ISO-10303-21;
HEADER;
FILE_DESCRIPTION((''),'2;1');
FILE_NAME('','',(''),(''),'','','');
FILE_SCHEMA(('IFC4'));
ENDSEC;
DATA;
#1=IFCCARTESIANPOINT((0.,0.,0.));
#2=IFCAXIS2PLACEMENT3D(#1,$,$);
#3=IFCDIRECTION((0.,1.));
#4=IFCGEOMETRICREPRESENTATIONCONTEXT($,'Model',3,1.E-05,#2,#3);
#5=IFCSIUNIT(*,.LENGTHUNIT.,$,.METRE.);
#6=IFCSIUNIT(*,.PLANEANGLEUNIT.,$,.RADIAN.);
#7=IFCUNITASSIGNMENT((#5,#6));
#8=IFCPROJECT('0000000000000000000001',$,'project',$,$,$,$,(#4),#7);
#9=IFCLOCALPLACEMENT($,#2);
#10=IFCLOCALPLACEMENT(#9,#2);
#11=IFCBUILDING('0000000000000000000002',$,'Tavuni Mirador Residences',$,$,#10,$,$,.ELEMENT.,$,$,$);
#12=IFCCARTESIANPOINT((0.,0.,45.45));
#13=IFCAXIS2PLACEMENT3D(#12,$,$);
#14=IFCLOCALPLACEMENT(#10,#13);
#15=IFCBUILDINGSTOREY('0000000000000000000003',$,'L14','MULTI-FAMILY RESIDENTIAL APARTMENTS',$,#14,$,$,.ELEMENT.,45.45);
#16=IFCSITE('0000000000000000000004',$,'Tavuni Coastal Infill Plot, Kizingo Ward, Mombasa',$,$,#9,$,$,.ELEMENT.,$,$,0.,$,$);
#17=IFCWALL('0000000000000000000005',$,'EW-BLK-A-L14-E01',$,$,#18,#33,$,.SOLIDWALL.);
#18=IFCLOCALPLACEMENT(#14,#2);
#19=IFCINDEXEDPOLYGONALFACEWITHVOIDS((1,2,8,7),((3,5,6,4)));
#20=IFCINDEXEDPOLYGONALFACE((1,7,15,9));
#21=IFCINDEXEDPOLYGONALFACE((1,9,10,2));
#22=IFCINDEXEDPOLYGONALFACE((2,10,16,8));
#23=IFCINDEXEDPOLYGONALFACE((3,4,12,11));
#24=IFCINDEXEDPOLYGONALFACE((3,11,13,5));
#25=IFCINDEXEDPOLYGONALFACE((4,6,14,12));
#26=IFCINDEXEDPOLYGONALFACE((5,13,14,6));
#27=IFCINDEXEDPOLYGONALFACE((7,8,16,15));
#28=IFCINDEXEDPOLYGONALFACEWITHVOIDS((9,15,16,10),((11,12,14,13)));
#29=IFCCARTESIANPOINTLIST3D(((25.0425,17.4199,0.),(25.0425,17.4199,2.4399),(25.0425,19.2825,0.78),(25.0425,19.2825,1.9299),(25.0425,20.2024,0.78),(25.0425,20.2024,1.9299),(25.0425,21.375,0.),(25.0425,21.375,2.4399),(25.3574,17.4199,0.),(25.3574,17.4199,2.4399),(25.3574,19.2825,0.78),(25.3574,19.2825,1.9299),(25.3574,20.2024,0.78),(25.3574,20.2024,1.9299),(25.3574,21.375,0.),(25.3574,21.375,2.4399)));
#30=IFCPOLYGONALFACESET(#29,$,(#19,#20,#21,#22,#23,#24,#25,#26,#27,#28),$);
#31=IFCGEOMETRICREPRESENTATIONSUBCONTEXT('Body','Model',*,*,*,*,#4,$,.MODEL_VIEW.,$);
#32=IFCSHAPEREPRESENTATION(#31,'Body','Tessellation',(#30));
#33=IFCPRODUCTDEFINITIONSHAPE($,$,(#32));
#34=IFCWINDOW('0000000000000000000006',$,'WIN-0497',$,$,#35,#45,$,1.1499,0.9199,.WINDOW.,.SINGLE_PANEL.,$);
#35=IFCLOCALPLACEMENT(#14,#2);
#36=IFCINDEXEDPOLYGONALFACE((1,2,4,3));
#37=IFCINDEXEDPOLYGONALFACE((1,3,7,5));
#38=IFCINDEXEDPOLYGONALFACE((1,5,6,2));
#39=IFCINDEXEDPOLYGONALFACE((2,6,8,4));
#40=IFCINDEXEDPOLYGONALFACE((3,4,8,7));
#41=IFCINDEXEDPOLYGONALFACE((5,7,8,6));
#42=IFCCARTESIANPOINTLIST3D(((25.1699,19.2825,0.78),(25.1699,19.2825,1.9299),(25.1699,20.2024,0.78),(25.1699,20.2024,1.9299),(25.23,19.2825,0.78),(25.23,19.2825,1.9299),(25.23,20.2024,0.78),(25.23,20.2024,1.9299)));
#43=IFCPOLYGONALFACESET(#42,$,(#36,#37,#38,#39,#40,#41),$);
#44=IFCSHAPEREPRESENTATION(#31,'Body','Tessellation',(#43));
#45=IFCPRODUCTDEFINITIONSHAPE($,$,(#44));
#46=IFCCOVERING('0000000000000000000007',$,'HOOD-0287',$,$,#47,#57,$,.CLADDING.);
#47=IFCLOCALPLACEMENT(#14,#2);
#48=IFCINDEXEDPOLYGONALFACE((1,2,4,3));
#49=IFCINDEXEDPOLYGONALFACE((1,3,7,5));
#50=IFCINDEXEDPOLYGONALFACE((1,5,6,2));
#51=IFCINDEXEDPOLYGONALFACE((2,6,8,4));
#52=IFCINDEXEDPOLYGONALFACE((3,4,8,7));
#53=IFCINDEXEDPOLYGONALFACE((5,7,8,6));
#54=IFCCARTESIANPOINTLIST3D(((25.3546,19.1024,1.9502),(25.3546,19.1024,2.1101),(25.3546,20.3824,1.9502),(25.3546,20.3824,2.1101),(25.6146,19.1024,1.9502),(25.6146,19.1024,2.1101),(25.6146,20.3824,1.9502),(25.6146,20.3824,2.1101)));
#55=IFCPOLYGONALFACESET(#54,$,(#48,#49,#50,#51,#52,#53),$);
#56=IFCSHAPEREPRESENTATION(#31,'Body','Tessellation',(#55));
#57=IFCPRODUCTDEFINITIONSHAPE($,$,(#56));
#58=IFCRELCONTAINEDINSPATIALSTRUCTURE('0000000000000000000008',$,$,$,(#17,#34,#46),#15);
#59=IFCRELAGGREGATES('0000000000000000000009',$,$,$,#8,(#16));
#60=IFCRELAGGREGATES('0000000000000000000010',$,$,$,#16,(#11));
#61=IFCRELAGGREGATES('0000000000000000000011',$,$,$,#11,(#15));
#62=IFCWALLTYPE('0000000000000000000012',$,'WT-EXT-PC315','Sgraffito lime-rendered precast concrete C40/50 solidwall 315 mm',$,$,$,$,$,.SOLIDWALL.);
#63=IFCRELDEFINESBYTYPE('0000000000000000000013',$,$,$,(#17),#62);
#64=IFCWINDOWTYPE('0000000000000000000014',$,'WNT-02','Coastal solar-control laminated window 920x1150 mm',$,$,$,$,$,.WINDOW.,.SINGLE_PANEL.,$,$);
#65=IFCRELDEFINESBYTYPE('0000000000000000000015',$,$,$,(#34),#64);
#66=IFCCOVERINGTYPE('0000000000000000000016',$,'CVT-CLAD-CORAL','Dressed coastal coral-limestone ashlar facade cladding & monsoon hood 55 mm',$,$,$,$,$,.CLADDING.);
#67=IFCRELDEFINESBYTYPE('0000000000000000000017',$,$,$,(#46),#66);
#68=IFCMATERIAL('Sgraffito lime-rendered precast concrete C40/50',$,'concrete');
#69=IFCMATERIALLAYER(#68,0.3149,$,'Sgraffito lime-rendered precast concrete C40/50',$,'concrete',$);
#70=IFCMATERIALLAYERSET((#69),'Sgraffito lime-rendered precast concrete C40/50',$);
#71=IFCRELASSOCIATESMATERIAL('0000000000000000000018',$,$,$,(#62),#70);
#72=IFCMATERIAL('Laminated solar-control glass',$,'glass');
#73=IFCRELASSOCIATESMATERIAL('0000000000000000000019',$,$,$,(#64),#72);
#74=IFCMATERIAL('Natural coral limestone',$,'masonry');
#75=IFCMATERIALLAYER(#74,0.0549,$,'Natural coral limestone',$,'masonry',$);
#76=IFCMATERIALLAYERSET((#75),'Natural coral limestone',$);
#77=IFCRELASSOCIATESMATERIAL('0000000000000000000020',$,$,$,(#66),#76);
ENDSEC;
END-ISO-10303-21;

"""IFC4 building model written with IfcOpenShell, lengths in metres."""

from ifc_helpers import new_model, si_unit, direction, frame, frame_2d, origin, origin_2d, place, context, subcontext, project, spatial, rectangle, extrude, material, layer, layer_set, type_object, element, fill, save


model = new_model("IFC4")

# Units and contexts
model_context = context("Model", 3, precision=1e-05, world=origin(), true_north=direction((0.0, 1.0)))
body_context = subcontext(model_context, "Body", "Model", "MODEL_VIEW")
ifc_project = project(units=[si_unit("LENGTHUNIT", "METRE"), si_unit("PLANEANGLEUNIT", "RADIAN")], contexts=[model_context])

# Site, building, storey
site_placement = place(None, origin())
site = spatial("IfcSite", under=ifc_project, at=site_placement, Name="Tavuni Coastal Infill Plot, Kizingo Ward, Mombasa", CompositionType="ELEMENT", RefElevation=0.0)
building_placement = place(site_placement, origin())
building = spatial("IfcBuilding", under=site, at=building_placement, Name="Tavuni Mirador Residences", CompositionType="ELEMENT")
storey_placement = place(building_placement, frame((0.0, 0.0, 45.45)))
storey = spatial("IfcBuildingStorey", under=building, at=storey_placement, Name="L14", Description="MULTI-FAMILY RESIDENTIAL APARTMENTS", CompositionType="ELEMENT", Elevation=45.45)

# Shared definitions
ifc_material_1 = material(Name="Laminated solar-control glass", Category="glass")

# Shared definitions
ifc_material_2 = material(Name="Sgraffito lime-rendered precast concrete C40/50", Category="concrete")

# Wall, opening, window
ifc_layer_1 = layer(ifc_material_2, 0.3149, Name="Sgraffito lime-rendered precast concrete C40/50", Category="concrete")
ifc_layer_set_1 = layer_set([ifc_layer_1], Name="Sgraffito lime-rendered precast concrete C40/50")
wall_type_1 = type_object("IfcWallType", Name="WT-EXT-PC315", Description="Sgraffito lime-rendered precast concrete C40/50 solidwall 315 mm", PredefinedType="SOLIDWALL", material=ifc_layer_set_1)
wall_1_placement = place(storey_placement, frame((25.2, 17.4199, 0.0), z_axis=(0.0, 0.0, 1.0), x_axis=(0.0, 1.0, 0.0)))
wall_1 = element("IfcWall", 1, at=wall_1_placement, inside=storey, type_object=wall_type_1, Name="EW-BLK-A-L14-E01", PredefinedType="SOLIDWALL", context=body_context, shape_type="SweptSolid", body=[
    extrude(rectangle(XDim=3.9551, YDim=0.3149, at=frame_2d((1.9775, 0.0))), origin(), (0.0, 0.0, 1.0), 2.4399),
])
opening_1_placement = place(wall_1_placement, frame((1.8625, 0.0, 0.78)))
opening_1 = element("IfcOpeningElement", 2, at=opening_1_placement, cuts=wall_1, PredefinedType="OPENING", context=body_context, shape_type="SweptSolid", body=[
    extrude(rectangle(XDim=0.9199, YDim=1.1499, at=frame_2d((0.46, 0.575))), frame((0.0, 0.1675, 0.0), z_axis=(0.0, -1.0, 0.0), x_axis=(1.0, 0.0, 0.0)), (0.0, 0.0, 1.0), 0.335),
])
window_type_1 = type_object("IfcWindowType", Name="WNT-02", Description="Coastal solar-control laminated window 920x1150 mm", PartitioningType="SINGLE_PANEL", PredefinedType="WINDOW", material=ifc_material_1)
window_1_placement = place(opening_1_placement, origin())
window_1 = element("IfcWindow", 3, at=window_1_placement, inside=storey, type_object=window_type_1, Name="WIN-0497", OverallHeight=1.1499, OverallWidth=0.9199, PartitioningType="SINGLE_PANEL", PredefinedType="WINDOW", context=body_context, shape_type="SweptSolid", body=[
    extrude(rectangle(XDim=0.9199, YDim=1.1499, at=frame_2d((0.46, 0.575))), frame((0.0, 0.03, 0.0), z_axis=(0.0, -1.0, 0.0), x_axis=(1.0, 0.0, 0.0)), (0.0, 0.0, 1.0), 0.0601),
])
fill(opening_1, window_1)

# Covering
ifc_material_3 = material(Name="Natural coral limestone", Category="masonry")
ifc_layer_2 = layer(ifc_material_3, 0.0549, Name="Natural coral limestone", Category="masonry")
ifc_layer_set_2 = layer_set([ifc_layer_2], Name="Natural coral limestone")
covering_type = type_object("IfcCoveringType", Name="CVT-CLAD-CORAL", Description="Dressed coastal coral-limestone ashlar facade cladding & monsoon hood 55 mm", PredefinedType="CLADDING", material=ifc_layer_set_2)
covering_placement = place(storey_placement, frame((25.4846, 19.7424, 1.9502), z_axis=(0.0, 0.0, 1.0), x_axis=(0.0, 1.0, 0.0)))
element("IfcCovering", 4, at=covering_placement, inside=storey, type_object=covering_type, Name="HOOD-0287", PredefinedType="CLADDING", context=body_context, shape_type="SweptSolid", body=[
    extrude(rectangle(XDim=1.28, YDim=0.26, at=origin_2d()), origin(), (0.0, 0.0, 1.0), 0.1599),
])

save(model, "model.ifc")
